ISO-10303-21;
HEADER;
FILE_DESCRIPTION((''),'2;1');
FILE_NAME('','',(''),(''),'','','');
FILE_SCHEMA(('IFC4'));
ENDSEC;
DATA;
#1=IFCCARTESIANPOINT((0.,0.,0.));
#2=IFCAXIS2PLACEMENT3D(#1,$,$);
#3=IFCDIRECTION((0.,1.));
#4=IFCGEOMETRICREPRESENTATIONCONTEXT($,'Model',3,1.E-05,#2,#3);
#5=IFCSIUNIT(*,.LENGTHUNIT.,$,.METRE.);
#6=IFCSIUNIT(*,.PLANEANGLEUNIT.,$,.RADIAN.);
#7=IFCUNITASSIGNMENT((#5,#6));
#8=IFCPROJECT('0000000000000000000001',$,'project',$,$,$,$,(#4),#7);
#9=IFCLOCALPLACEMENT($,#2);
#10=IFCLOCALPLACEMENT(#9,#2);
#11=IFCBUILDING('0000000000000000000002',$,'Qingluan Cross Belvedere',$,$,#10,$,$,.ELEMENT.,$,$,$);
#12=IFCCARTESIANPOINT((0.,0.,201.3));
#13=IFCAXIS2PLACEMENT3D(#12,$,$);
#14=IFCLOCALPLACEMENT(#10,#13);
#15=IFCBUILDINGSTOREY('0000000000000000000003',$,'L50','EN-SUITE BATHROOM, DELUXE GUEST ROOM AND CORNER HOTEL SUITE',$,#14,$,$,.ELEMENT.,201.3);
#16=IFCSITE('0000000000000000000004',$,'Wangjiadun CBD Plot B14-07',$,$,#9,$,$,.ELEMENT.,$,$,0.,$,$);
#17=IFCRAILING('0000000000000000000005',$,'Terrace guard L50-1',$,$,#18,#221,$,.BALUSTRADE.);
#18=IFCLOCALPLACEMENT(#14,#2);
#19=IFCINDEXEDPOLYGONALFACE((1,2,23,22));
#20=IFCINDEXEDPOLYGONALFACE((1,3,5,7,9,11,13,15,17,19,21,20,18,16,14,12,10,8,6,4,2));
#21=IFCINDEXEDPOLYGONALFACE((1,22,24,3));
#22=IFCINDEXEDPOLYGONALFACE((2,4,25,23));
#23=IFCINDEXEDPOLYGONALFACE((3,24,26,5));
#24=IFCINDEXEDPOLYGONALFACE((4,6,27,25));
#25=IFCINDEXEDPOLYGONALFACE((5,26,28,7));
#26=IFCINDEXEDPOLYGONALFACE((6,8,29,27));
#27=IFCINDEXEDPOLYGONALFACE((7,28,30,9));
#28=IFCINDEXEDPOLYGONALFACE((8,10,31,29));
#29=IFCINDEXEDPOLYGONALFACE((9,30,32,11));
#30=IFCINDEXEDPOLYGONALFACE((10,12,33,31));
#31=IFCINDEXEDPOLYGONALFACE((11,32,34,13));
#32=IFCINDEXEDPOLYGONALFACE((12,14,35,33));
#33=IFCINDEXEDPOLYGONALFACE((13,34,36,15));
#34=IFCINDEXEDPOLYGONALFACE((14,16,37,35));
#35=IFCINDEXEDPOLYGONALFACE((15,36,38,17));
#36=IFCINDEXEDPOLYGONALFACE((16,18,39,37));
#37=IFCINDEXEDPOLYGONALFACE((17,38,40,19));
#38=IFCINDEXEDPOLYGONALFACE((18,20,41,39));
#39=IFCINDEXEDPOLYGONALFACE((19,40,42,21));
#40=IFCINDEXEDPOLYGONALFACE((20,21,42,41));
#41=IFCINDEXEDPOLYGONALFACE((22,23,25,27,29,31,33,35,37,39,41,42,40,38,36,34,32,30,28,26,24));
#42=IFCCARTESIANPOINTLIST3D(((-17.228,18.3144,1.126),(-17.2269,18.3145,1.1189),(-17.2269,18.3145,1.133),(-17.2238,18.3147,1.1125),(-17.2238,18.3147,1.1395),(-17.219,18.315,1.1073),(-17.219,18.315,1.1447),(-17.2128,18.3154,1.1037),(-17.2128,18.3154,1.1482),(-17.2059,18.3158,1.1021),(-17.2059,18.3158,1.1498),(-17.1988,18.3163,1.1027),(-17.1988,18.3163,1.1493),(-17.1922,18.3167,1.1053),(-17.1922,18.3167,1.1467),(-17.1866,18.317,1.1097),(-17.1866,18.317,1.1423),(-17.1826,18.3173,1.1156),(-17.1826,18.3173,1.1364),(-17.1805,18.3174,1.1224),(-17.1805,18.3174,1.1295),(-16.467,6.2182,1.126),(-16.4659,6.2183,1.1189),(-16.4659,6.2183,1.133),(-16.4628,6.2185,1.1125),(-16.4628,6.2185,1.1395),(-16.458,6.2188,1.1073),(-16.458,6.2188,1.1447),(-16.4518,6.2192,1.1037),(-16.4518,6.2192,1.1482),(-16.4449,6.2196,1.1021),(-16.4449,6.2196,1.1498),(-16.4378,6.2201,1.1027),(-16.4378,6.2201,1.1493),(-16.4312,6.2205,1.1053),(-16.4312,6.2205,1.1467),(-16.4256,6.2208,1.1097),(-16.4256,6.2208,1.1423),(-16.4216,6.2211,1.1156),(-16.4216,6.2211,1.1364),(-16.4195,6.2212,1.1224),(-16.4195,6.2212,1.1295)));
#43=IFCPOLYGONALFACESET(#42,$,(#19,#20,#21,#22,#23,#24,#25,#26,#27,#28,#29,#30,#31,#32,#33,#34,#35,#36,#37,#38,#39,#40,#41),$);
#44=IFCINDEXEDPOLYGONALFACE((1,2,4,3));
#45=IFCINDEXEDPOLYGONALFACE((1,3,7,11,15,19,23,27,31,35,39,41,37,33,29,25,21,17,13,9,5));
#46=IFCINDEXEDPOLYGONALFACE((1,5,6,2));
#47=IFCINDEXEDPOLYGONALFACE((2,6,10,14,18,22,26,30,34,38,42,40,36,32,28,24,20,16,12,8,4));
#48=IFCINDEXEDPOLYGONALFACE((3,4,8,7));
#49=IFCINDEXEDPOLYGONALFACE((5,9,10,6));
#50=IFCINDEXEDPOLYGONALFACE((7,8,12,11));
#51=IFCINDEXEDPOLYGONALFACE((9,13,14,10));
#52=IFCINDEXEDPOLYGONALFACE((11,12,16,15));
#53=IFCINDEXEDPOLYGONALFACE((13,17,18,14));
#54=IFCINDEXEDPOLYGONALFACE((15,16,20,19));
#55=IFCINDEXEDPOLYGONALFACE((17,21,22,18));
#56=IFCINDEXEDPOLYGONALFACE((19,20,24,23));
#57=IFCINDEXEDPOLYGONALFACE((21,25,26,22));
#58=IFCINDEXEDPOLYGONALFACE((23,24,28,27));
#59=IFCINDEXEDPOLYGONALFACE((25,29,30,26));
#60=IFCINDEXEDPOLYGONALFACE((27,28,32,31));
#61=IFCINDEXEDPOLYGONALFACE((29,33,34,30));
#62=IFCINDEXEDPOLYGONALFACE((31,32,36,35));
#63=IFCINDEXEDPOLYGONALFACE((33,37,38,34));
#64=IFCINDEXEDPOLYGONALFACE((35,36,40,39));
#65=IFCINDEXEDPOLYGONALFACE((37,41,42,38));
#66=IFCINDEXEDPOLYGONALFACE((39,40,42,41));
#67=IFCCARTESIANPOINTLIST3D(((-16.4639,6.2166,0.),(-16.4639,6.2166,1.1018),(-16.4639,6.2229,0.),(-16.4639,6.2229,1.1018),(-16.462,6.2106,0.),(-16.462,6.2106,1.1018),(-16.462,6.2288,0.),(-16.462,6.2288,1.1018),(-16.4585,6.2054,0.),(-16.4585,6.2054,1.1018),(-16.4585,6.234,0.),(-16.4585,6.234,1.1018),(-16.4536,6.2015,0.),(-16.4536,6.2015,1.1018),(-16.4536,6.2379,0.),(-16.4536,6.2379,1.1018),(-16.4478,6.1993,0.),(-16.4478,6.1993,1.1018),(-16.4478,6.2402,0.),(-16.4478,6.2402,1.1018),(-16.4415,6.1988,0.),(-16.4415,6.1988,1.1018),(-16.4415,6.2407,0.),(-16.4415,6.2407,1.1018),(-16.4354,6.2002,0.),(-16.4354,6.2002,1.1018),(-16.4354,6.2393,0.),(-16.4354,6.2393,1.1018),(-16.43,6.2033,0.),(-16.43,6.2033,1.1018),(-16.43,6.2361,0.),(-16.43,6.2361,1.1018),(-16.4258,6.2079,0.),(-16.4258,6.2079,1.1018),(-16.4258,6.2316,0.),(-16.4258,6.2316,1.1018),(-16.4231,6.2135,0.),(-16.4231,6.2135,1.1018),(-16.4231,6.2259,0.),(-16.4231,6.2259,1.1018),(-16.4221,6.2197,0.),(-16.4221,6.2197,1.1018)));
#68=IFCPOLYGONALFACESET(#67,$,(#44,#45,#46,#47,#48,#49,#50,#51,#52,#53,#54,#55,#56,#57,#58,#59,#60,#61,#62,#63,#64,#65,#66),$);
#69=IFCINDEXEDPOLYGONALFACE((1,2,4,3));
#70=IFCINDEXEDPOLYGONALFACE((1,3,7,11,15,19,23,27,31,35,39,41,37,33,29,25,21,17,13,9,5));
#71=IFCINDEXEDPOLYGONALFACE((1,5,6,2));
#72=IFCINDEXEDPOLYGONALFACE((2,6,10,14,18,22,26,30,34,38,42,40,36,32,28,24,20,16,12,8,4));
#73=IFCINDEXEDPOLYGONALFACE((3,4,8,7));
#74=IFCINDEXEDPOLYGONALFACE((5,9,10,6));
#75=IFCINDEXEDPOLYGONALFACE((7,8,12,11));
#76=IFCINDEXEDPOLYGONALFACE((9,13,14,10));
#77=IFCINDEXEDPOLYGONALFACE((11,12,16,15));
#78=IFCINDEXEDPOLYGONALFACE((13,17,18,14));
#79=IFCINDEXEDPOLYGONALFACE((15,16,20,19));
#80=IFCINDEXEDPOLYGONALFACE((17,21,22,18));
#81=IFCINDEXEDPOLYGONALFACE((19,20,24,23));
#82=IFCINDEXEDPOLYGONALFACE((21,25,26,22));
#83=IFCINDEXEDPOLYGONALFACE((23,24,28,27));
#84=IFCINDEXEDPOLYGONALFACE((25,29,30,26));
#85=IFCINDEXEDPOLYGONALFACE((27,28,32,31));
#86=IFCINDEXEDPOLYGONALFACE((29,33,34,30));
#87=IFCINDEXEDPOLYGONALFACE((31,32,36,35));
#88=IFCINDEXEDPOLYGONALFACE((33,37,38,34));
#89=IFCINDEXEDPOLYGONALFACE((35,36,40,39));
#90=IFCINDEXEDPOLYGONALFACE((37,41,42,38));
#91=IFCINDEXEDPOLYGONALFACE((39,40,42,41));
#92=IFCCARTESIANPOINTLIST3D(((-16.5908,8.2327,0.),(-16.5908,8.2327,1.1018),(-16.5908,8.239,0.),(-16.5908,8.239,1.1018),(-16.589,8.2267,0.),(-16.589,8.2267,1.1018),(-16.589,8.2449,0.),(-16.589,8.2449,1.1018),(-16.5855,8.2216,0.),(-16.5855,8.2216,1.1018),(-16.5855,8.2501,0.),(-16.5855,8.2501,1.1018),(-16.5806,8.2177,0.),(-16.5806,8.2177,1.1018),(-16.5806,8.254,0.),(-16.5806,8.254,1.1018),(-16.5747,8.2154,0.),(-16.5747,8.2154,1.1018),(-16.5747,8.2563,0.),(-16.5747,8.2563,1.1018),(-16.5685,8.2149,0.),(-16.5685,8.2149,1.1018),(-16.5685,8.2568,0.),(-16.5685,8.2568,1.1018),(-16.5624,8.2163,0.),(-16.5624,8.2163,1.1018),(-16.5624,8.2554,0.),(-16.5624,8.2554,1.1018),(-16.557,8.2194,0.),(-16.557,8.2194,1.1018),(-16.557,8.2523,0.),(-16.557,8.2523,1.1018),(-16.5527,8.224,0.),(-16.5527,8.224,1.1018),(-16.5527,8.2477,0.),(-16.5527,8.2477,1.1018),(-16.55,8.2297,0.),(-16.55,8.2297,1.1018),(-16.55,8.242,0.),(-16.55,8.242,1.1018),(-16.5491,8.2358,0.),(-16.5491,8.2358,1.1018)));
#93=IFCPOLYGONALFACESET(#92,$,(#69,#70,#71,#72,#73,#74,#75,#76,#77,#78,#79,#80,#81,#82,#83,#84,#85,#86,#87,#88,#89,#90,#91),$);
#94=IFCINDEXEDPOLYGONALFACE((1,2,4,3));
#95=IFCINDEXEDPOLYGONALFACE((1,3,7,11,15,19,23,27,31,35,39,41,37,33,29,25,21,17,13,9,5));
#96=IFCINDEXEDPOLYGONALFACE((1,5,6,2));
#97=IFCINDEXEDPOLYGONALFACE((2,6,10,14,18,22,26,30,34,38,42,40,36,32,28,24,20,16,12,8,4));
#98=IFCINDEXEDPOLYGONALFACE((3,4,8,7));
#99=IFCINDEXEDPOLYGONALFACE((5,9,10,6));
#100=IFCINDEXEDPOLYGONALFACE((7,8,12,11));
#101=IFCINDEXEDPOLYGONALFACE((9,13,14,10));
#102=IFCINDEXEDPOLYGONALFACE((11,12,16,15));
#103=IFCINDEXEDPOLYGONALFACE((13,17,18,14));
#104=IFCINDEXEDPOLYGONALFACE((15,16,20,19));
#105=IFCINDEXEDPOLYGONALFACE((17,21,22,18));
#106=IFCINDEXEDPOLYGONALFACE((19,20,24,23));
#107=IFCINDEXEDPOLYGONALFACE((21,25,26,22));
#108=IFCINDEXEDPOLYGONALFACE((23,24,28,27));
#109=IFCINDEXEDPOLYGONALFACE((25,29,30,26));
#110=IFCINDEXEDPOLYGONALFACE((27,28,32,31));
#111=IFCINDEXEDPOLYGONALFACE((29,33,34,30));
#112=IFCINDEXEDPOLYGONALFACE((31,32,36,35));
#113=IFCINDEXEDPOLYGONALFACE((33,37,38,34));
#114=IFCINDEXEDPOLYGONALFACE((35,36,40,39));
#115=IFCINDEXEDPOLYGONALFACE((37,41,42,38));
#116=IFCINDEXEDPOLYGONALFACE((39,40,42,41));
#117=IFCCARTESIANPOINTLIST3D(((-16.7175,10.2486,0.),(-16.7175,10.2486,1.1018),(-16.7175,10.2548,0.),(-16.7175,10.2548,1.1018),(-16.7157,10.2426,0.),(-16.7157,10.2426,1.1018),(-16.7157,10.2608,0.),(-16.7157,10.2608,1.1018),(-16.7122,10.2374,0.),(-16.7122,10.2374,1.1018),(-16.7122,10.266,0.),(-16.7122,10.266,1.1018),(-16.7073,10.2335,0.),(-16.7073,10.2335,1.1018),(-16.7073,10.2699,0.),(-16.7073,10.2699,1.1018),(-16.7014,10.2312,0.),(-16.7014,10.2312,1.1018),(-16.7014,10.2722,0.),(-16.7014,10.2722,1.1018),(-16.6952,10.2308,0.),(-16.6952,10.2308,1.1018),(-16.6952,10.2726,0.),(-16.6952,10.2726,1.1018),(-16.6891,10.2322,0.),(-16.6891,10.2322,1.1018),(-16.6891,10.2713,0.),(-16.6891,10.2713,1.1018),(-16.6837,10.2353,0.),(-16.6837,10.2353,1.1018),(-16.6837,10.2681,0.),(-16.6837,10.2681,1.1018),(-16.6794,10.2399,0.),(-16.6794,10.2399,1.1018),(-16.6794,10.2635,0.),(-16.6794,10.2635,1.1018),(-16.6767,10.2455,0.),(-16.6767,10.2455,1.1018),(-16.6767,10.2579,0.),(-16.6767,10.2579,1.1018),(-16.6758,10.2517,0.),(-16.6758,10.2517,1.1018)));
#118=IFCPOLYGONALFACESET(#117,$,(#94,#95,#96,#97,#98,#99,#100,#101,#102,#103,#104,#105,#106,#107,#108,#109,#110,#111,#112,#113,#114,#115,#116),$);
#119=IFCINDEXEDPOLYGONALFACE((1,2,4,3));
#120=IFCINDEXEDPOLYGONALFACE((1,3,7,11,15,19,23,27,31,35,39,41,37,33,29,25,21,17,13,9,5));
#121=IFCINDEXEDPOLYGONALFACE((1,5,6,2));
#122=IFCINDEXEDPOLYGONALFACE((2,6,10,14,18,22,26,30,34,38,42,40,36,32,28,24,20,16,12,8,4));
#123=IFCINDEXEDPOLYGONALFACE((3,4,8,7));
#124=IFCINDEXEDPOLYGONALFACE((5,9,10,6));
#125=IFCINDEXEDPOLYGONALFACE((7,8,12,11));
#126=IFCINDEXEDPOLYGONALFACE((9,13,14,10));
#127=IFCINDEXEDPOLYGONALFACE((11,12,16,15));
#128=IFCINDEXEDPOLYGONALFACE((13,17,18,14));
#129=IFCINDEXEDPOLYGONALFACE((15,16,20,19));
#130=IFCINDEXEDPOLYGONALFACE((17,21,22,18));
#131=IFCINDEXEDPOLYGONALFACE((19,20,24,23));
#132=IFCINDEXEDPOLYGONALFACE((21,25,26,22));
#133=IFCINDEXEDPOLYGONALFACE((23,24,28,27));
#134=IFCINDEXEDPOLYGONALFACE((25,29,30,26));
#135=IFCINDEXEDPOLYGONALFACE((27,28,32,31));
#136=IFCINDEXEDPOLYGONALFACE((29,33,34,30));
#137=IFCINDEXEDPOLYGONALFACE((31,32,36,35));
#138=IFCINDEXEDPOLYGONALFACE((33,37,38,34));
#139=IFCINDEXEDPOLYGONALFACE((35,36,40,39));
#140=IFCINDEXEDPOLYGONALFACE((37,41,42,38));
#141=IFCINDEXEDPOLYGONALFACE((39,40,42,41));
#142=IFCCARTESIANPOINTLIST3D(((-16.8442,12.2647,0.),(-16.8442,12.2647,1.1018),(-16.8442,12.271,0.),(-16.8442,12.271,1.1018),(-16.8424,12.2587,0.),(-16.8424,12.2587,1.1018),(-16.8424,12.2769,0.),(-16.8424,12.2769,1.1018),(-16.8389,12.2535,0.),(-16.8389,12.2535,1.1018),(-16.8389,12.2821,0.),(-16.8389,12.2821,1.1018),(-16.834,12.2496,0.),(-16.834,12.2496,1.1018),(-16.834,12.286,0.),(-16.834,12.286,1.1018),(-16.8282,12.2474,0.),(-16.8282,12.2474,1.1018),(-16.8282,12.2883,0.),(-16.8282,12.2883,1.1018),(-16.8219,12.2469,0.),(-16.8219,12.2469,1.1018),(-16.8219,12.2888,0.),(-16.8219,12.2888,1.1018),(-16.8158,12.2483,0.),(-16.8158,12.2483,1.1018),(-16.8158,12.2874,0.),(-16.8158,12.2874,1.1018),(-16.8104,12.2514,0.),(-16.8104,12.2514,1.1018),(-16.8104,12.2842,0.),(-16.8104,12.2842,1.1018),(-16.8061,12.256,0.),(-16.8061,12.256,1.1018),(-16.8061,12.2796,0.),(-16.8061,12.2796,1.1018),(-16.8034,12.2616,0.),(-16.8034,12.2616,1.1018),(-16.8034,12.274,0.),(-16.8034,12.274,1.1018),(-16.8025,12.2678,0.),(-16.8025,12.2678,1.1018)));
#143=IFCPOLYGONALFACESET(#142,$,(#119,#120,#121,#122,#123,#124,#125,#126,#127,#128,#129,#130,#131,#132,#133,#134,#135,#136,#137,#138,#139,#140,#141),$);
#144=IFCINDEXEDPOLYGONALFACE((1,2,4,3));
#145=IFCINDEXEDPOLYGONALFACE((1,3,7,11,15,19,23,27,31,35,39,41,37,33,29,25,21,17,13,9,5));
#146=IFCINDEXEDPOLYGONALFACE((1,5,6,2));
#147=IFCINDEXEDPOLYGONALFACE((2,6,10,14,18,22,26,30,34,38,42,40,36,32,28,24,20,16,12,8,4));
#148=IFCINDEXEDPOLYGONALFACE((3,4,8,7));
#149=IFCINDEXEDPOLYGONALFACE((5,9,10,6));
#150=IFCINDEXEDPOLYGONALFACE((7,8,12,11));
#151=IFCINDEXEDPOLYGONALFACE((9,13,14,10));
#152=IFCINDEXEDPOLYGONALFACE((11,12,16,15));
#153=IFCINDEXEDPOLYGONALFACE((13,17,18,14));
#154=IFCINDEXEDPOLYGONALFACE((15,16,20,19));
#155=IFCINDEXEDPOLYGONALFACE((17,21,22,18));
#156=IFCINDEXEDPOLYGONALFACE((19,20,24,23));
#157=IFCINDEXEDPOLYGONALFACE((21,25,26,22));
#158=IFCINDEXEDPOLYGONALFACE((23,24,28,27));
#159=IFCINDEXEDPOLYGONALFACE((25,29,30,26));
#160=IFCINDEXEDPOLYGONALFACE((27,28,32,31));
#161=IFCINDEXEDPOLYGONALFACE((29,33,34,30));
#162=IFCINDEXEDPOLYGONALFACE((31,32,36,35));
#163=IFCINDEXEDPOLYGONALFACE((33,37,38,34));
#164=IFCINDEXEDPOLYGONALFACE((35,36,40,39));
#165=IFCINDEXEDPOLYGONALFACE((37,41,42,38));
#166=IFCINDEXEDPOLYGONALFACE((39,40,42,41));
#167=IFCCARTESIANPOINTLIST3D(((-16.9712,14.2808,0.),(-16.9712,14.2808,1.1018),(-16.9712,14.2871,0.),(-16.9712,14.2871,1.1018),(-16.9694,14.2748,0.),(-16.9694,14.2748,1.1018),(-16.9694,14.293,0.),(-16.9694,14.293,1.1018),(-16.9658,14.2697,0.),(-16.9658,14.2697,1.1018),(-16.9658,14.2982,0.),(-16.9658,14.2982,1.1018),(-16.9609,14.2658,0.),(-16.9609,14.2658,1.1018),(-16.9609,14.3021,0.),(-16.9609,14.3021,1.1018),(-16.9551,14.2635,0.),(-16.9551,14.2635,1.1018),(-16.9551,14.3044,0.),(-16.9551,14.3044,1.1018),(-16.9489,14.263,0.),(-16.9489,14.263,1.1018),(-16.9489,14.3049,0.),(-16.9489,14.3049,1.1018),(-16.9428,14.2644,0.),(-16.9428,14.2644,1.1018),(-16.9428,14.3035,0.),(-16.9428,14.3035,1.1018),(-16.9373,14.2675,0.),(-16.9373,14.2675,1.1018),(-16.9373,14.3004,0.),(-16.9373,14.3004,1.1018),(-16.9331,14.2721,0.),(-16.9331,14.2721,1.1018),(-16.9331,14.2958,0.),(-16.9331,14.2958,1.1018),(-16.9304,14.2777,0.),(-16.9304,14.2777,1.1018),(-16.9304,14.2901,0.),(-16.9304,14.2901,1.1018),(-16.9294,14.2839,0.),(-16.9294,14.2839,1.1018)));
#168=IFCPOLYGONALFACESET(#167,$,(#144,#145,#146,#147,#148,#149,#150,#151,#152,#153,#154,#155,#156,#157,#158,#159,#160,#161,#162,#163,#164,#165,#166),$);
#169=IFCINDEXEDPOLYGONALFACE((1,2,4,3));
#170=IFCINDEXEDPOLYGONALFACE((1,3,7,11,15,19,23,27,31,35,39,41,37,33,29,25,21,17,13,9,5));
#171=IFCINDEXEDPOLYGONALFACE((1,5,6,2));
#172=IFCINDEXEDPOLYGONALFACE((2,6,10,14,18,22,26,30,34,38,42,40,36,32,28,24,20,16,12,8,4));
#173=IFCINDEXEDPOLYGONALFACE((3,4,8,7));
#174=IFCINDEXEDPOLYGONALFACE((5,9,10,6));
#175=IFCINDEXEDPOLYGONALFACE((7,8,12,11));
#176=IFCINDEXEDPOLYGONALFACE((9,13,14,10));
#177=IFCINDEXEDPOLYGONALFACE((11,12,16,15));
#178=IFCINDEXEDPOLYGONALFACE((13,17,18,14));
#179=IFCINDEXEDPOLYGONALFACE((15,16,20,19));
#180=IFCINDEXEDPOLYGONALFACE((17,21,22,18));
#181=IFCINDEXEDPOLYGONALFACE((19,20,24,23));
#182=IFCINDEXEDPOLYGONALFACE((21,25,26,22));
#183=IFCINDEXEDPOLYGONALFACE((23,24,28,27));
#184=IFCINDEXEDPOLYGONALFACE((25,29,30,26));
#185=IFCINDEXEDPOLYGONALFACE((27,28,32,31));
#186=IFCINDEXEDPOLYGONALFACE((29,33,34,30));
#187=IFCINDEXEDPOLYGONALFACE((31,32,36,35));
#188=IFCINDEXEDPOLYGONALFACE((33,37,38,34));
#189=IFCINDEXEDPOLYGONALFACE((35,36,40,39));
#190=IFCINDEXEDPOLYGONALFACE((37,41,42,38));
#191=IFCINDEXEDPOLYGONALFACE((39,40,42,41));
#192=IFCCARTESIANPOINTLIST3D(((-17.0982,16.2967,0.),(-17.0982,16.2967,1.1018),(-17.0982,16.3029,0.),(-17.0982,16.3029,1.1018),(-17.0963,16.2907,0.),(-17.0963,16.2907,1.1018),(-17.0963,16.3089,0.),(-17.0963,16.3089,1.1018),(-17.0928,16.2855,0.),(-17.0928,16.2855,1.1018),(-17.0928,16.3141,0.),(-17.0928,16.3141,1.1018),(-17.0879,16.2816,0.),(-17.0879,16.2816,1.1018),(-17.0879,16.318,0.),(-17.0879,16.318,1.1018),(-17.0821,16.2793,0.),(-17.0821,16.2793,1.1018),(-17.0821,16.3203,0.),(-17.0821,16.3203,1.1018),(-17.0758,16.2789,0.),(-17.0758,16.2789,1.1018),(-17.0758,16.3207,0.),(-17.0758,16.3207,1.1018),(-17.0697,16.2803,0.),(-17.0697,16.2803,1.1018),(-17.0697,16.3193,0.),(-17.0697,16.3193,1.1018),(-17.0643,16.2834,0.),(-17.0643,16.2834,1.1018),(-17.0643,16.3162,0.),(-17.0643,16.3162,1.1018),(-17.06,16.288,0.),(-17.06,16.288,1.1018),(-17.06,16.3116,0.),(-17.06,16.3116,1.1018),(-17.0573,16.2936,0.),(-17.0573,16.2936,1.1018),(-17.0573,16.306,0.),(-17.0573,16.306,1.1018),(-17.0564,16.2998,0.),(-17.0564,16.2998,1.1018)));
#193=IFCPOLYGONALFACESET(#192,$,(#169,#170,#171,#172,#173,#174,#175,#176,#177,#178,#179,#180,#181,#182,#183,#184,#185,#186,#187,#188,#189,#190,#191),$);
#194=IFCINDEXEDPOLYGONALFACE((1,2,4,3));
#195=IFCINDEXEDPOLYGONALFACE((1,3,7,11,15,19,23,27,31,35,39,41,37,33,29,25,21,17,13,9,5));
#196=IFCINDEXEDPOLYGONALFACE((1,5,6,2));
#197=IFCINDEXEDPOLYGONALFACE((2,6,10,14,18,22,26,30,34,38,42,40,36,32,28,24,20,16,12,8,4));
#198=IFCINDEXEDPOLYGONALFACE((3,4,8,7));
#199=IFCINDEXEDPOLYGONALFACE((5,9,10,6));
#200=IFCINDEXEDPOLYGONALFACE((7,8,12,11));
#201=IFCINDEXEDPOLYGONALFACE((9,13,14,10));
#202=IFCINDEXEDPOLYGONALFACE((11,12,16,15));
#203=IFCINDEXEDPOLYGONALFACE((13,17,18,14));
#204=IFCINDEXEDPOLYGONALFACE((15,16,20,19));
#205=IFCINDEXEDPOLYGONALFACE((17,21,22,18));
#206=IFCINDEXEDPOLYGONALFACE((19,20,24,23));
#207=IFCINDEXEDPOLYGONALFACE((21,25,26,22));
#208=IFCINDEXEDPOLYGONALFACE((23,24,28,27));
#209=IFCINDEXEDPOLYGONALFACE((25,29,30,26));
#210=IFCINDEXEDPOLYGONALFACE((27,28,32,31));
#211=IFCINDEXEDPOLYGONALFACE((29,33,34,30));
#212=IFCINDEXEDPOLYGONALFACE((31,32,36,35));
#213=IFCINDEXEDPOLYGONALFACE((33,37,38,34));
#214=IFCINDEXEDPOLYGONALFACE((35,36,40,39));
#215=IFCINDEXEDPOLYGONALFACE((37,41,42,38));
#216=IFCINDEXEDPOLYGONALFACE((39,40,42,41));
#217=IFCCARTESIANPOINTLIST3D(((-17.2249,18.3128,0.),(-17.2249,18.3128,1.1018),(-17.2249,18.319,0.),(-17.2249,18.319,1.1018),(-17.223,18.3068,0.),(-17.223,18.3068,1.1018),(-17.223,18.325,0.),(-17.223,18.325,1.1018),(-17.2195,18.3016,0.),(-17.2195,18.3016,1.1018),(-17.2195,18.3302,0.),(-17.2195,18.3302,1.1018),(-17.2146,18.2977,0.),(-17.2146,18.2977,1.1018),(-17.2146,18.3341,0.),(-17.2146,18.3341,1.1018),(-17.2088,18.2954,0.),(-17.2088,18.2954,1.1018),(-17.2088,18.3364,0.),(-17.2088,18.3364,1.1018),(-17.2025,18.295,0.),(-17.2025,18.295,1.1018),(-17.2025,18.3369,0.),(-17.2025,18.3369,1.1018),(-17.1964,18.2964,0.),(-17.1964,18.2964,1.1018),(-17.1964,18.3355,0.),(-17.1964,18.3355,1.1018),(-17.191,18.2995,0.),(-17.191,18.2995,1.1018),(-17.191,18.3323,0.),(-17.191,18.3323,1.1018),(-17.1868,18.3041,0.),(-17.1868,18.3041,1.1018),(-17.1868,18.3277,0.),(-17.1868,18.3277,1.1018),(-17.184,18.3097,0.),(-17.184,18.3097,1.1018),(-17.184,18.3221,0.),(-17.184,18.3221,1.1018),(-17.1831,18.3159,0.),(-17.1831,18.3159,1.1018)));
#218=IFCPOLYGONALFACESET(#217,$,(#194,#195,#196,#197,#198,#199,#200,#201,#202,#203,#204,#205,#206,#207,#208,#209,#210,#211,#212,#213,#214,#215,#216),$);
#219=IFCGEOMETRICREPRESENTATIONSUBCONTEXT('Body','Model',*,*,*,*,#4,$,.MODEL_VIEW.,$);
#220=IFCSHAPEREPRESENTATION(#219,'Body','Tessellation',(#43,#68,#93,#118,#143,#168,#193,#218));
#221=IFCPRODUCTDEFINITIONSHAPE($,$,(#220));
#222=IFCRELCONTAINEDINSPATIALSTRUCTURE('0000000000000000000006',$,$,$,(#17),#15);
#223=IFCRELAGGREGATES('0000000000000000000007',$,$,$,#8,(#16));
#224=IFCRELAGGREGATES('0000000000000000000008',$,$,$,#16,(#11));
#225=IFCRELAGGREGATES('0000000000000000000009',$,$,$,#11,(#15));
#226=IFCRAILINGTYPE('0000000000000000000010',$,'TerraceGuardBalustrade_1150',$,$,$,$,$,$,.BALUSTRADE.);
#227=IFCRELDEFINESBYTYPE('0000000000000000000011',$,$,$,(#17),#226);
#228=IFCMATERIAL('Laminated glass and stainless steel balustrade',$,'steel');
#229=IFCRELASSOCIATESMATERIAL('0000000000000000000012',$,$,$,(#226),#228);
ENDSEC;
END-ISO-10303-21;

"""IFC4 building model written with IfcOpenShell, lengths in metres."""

from ifc_helpers import new_model, si_unit, direction, frame, origin, origin_2d, place, context, subcontext, project, spatial, circle, extrude, material, type_object, element, save


model = new_model("IFC4")

# Units and contexts
model_context = context("Model", 3, precision=1e-05, world=origin(), true_north=direction((0.0, 1.0)))
body_context = subcontext(model_context, "Body", "Model", "MODEL_VIEW")
ifc_project = project(units=[si_unit("LENGTHUNIT", "METRE"), si_unit("PLANEANGLEUNIT", "RADIAN")], contexts=[model_context])

# Site, building, storey
site_placement = place(None, origin())
site = spatial("IfcSite", under=ifc_project, at=site_placement, Name="Wangjiadun CBD Plot B14-07", CompositionType="ELEMENT", RefElevation=0.0)
building_placement = place(site_placement, origin())
building = spatial("IfcBuilding", under=site, at=building_placement, Name="Qingluan Cross Belvedere", CompositionType="ELEMENT")
storey_placement = place(building_placement, frame((0.0, 0.0, 201.3)))
storey = spatial("IfcBuildingStorey", under=building, at=storey_placement, Name="L50", Description="EN-SUITE BATHROOM, DELUXE GUEST ROOM AND CORNER HOTEL SUITE", CompositionType="ELEMENT", Elevation=201.3)

# Railing
ifc_material_1 = material(Name="Laminated glass and stainless steel balustrade", Category="steel")
railing_type = type_object("IfcRailingType", Name="TerraceGuardBalustrade_1150", PredefinedType="BALUSTRADE", material=ifc_material_1)
railing_placement = place(storey_placement, frame((-16.4431, 6.2197, 0.0)))
element("IfcRailing", 1, at=railing_placement, inside=storey, type_object=railing_type, Name="Terrace guard L50-1", PredefinedType="BALUSTRADE", context=body_context, shape_type="SweptSolid", body=[
    extrude(circle(Radius=0.0239, at=origin_2d()), frame((0.0, 0.0, 1.126), z_axis=(-0.062787, 0.998027, 0.0), x_axis=(-0.998027, -0.062787, 0.0)), (0.0, 0.0, 1.0), 12.1201),
    extrude(circle(Radius=0.021, at=origin_2d()), origin(), (0.0, 0.0, 1.0), 1.1018),
    extrude(circle(Radius=0.021, at=origin_2d()), frame((-0.127, 2.0161, 0.0)), (0.0, 0.0, 1.0), 1.1018),
    extrude(circle(Radius=0.021, at=origin_2d()), frame((-0.2537, 4.032, 0.0)), (0.0, 0.0, 1.0), 1.1018),
    extrude(circle(Radius=0.021, at=origin_2d()), frame((-0.3804, 6.0481, 0.0)), (0.0, 0.0, 1.0), 1.1018),
    extrude(circle(Radius=0.021, at=origin_2d()), frame((-0.5073, 8.0642, 0.0)), (0.0, 0.0, 1.0), 1.1018),
    extrude(circle(Radius=0.021, at=origin_2d()), frame((-0.6343, 10.0801, 0.0)), (0.0, 0.0, 1.0), 1.1018),
    extrude(circle(Radius=0.021, at=origin_2d()), frame((-0.761, 12.0962, 0.0)), (0.0, 0.0, 1.0), 1.1018),
])

save(model, "model.ifc")
